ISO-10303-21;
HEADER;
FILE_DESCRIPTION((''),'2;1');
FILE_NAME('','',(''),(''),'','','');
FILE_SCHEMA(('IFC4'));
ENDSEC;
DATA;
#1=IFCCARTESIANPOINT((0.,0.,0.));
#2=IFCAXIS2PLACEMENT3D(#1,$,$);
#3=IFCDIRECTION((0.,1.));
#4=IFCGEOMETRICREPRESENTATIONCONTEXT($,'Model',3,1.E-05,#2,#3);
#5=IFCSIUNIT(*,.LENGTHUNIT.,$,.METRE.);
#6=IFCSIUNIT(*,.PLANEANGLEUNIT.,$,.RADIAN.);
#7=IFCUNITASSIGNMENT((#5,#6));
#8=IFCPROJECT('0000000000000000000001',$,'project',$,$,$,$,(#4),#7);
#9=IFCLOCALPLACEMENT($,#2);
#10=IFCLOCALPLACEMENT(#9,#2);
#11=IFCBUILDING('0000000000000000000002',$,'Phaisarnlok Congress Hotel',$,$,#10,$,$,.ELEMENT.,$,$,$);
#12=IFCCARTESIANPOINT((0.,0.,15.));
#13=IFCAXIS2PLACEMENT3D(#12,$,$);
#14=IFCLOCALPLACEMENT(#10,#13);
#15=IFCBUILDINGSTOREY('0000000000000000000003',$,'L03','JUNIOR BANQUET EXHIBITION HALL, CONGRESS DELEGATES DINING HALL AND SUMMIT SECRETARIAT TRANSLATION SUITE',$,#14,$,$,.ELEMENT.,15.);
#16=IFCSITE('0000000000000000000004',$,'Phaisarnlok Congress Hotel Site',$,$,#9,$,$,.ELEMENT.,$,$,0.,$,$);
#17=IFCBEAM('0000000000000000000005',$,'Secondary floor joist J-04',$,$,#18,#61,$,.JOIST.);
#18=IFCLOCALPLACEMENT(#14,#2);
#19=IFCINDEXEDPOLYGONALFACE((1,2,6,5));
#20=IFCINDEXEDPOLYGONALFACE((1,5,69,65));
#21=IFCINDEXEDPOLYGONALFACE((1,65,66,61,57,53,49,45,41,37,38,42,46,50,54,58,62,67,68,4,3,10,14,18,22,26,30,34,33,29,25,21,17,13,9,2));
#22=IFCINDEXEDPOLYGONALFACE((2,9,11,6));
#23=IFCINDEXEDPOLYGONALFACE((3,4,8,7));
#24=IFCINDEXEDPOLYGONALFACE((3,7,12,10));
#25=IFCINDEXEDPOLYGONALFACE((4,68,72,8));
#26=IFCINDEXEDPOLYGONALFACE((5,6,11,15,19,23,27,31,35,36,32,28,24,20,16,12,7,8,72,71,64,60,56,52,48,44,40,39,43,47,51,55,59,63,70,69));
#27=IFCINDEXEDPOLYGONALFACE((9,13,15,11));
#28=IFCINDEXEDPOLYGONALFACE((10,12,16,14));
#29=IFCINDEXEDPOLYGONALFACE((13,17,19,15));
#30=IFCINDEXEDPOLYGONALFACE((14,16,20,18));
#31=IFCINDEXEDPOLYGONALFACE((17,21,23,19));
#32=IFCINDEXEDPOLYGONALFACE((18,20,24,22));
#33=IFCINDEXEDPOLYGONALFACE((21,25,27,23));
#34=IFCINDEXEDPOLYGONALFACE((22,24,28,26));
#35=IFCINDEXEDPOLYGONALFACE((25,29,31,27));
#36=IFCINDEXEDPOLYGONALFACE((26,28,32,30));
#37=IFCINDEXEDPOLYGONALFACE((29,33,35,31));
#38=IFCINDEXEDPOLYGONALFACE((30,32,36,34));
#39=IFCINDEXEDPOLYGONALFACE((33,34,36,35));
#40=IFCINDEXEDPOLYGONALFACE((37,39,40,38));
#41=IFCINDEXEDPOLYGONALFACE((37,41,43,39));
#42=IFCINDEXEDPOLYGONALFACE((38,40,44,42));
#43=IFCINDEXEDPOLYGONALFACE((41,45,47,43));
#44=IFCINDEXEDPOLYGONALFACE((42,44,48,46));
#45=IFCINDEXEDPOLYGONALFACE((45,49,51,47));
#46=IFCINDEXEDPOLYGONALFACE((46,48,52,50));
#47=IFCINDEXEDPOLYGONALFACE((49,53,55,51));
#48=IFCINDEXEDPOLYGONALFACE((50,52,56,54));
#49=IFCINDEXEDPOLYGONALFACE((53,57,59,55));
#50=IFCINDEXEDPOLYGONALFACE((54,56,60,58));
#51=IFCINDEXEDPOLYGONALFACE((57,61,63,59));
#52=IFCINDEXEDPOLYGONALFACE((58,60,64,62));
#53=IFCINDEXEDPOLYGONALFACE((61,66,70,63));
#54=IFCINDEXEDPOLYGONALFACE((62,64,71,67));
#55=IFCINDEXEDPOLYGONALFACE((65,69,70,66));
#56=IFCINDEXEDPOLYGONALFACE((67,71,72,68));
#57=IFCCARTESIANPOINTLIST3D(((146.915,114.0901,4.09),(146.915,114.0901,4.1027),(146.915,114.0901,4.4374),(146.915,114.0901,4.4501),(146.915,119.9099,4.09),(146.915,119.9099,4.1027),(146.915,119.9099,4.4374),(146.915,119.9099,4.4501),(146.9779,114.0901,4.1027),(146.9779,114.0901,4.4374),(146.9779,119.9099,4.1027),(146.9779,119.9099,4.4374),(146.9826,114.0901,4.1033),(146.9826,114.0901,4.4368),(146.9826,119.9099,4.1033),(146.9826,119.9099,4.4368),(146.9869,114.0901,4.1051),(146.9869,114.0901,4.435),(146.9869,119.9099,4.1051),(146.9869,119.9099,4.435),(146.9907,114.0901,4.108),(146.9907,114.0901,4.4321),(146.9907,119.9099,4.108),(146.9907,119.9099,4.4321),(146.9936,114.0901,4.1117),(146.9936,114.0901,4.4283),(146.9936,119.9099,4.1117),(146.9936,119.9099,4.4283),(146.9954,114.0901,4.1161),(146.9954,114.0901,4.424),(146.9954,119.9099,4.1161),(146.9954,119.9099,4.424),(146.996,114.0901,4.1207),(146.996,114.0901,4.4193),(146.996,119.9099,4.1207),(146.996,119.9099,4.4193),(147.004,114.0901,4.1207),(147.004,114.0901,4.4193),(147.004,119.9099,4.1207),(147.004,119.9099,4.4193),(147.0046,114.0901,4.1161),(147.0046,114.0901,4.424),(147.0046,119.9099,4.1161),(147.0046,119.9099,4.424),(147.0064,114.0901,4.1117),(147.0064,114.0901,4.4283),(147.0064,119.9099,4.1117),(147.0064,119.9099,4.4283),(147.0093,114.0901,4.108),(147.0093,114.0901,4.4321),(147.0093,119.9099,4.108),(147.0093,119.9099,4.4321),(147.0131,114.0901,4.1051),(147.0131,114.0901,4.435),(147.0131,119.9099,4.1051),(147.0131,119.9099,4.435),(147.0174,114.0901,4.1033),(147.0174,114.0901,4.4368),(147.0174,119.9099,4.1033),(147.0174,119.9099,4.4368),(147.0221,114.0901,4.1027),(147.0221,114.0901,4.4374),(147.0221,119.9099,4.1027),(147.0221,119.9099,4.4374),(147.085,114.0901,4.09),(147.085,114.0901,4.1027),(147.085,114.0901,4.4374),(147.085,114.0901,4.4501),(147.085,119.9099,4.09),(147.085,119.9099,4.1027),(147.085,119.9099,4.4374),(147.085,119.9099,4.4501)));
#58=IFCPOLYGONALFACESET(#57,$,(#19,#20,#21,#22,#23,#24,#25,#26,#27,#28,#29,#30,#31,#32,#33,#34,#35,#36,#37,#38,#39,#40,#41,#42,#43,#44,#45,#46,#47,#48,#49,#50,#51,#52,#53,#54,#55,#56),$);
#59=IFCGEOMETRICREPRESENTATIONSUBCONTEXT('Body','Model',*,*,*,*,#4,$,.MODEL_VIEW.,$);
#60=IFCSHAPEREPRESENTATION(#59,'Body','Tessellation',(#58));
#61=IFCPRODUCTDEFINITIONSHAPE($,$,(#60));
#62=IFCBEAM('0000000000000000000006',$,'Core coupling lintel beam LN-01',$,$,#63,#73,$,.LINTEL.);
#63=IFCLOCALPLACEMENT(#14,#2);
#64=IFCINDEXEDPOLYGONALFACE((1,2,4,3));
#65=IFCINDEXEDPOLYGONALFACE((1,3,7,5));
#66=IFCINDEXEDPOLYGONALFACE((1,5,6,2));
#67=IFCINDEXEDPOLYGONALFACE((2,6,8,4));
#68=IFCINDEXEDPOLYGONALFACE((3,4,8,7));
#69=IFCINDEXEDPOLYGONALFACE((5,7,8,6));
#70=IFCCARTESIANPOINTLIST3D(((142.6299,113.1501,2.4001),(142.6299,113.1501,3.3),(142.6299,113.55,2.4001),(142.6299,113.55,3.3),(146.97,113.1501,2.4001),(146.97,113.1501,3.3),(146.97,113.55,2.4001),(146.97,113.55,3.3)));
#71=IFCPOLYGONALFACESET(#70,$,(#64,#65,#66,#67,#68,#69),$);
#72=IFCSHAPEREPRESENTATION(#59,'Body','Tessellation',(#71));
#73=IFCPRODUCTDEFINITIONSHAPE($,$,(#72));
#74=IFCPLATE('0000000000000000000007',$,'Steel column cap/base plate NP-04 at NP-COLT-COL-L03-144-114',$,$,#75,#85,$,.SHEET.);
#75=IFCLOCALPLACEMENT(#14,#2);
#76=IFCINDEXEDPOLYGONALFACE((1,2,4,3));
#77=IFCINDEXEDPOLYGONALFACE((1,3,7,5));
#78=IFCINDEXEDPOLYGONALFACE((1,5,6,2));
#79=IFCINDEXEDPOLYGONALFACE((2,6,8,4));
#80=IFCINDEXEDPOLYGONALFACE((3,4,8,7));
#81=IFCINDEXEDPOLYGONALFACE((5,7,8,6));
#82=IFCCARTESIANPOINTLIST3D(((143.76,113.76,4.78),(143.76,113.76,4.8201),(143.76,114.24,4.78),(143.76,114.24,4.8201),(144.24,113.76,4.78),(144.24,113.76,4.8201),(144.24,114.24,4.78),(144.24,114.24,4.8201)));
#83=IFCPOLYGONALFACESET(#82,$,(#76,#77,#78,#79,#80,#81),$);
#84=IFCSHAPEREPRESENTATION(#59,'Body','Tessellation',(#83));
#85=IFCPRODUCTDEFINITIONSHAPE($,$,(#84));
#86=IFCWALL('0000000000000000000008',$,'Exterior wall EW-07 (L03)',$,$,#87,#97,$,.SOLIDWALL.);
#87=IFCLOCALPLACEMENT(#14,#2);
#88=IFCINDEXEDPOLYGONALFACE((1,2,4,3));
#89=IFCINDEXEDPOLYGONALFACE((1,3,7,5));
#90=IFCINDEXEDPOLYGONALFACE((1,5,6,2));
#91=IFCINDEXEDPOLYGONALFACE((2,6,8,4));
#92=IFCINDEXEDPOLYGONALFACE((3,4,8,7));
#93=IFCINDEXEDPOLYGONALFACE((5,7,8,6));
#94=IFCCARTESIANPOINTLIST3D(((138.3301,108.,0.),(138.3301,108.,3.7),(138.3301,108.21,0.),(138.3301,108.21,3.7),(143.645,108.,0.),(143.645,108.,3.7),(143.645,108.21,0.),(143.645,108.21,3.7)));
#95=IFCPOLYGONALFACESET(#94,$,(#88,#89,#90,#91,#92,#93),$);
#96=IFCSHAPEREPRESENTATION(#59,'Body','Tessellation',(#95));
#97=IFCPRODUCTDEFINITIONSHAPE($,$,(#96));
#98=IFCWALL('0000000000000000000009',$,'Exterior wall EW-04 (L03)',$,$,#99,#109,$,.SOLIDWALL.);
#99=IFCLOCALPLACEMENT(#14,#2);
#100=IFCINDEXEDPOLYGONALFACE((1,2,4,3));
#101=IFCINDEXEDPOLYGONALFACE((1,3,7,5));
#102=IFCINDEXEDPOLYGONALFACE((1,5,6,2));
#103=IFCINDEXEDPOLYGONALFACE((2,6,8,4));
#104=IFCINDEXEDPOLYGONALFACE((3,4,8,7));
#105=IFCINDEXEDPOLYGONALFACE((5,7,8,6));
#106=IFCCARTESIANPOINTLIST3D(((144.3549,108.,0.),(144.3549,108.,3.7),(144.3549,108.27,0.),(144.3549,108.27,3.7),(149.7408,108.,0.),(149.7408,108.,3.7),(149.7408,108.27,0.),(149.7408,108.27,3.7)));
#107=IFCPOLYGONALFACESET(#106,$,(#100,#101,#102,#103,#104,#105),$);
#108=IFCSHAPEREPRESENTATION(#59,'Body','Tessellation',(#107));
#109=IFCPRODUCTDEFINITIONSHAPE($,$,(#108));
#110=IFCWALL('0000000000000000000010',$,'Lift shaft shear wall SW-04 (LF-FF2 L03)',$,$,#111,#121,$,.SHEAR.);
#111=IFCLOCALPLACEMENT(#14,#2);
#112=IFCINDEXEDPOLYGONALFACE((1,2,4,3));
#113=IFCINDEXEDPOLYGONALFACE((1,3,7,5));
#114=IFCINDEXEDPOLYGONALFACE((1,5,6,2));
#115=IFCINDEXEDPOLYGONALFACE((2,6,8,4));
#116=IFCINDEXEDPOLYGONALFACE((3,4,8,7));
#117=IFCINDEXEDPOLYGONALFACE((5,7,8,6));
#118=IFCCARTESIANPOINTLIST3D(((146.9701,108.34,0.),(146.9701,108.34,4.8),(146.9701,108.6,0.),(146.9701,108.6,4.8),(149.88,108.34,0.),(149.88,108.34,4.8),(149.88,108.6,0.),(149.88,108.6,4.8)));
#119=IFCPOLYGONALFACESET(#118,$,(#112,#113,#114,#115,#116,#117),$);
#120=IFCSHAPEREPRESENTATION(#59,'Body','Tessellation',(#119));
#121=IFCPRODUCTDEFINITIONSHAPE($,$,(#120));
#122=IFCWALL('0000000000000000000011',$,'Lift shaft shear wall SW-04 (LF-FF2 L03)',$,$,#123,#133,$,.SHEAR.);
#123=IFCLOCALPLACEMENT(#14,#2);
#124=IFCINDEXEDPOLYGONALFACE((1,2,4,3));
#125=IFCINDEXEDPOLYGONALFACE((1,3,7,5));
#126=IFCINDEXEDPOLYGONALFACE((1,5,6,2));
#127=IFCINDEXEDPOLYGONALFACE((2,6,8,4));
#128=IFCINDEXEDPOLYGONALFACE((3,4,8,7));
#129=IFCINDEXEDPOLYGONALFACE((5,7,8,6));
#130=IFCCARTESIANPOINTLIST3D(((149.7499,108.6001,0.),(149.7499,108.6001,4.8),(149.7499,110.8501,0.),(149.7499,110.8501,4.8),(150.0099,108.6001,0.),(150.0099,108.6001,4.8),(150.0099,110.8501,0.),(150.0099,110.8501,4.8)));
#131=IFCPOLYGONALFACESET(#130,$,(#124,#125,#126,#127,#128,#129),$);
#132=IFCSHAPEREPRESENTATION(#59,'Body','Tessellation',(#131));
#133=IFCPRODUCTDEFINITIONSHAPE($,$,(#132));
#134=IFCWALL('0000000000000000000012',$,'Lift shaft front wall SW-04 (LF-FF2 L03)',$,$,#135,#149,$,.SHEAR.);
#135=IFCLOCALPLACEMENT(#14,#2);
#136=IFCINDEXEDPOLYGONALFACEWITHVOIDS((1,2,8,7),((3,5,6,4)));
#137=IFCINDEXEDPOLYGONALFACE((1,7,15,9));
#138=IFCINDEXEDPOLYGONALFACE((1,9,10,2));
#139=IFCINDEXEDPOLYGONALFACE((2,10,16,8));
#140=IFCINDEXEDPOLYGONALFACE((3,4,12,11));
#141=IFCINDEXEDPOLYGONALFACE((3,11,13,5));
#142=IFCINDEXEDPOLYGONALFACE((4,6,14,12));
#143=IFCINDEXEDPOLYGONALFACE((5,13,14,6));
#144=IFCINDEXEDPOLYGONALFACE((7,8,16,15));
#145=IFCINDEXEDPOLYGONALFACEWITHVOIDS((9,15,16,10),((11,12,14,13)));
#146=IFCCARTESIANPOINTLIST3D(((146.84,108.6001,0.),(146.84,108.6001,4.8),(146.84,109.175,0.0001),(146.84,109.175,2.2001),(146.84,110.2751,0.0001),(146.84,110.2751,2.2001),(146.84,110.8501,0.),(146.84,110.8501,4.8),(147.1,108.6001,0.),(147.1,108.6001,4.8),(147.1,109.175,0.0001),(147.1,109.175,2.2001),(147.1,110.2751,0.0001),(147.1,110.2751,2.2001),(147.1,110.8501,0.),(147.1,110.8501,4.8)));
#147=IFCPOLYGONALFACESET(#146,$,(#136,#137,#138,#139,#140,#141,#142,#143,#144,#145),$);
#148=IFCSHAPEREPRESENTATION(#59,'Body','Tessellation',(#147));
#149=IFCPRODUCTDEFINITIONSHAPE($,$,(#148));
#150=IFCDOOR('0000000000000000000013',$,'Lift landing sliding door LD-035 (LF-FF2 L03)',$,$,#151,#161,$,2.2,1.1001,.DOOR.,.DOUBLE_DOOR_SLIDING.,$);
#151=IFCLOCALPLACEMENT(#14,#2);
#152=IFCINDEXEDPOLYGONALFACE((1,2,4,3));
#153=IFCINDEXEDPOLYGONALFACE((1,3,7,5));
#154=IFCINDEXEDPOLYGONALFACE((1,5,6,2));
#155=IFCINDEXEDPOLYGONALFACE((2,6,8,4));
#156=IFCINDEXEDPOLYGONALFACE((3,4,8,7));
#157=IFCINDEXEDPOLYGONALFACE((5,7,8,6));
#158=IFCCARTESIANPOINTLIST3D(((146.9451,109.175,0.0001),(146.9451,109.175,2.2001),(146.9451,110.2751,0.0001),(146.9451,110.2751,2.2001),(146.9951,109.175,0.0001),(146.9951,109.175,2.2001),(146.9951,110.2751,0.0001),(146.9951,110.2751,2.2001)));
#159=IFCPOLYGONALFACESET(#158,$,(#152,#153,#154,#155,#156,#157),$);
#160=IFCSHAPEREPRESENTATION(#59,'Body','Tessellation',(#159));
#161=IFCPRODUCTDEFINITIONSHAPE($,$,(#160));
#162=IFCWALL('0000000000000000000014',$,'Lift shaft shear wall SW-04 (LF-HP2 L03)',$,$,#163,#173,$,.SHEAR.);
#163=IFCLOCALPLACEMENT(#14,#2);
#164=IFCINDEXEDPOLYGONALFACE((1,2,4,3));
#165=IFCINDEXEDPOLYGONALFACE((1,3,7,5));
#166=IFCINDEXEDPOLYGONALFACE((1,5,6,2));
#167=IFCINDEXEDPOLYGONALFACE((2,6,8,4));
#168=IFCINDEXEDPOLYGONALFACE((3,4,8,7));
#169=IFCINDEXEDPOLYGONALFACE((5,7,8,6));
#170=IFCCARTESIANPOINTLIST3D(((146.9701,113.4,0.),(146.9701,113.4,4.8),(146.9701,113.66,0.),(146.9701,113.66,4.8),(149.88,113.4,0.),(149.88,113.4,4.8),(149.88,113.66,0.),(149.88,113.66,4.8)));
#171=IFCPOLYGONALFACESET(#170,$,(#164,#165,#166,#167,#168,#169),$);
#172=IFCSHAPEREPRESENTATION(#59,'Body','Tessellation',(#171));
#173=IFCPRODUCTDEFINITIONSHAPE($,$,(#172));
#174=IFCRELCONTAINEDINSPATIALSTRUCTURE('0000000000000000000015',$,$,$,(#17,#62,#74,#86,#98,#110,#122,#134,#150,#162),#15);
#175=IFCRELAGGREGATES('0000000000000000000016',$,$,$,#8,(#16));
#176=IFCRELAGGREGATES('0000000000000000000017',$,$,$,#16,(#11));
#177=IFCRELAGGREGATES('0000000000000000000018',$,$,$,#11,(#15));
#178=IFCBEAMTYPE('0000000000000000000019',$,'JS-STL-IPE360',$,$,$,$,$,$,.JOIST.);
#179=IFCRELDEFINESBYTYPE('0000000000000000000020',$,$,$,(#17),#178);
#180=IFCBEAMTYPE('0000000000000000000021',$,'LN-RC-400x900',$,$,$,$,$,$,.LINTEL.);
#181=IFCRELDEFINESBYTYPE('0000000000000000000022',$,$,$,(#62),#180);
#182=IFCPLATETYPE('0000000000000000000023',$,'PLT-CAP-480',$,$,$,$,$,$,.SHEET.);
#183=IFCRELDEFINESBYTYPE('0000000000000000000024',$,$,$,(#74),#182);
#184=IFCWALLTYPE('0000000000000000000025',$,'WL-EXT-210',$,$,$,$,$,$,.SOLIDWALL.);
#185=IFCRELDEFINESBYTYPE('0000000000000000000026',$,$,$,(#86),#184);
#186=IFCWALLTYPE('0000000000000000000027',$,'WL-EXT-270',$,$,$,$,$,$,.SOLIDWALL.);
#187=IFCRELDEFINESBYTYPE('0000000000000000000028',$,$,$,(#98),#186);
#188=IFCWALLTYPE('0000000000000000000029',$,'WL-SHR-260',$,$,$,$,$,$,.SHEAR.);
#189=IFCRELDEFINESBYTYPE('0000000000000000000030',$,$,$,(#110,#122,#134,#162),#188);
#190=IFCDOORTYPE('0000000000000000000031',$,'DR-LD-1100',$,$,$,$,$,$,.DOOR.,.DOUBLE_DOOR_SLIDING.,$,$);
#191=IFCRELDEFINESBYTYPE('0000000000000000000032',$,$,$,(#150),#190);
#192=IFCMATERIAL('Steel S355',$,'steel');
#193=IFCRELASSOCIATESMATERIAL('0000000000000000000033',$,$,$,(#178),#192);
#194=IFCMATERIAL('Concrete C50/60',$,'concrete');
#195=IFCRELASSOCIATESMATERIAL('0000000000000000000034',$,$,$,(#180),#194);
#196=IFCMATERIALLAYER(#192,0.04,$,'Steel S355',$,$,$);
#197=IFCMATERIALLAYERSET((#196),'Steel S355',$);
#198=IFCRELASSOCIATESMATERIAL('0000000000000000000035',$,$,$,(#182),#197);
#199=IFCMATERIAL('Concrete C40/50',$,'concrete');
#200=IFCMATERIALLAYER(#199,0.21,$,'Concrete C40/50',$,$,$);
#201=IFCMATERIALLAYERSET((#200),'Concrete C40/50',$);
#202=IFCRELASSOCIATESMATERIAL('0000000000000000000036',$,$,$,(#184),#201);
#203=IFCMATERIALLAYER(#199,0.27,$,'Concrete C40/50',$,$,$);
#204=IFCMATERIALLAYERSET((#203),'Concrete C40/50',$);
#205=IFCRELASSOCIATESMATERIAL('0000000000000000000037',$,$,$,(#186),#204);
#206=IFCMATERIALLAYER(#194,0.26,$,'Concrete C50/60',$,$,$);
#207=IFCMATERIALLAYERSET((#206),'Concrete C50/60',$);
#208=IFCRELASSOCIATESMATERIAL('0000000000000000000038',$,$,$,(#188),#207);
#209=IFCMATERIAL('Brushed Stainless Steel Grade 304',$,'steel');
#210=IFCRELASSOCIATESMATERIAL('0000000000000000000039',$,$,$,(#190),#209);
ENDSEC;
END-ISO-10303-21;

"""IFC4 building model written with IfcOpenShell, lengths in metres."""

from ifc_helpers import new_model, si_unit, direction, frame, frame_2d, origin, origin_2d, place, context, subcontext, project, spatial, rectangle, i_section, extrude, material, layer, layer_set, material_profile, profile_set, type_object, element, fill, save


model = new_model("IFC4")

# Units and contexts
model_context = context("Model", 3, precision=1e-05, world=origin(), true_north=direction((0.0, 1.0)))
body_context = subcontext(model_context, "Body", "Model", "MODEL_VIEW")
ifc_project = project(units=[si_unit("LENGTHUNIT", "METRE"), si_unit("PLANEANGLEUNIT", "RADIAN")], contexts=[model_context])

# Site, building, storey
site_placement = place(None, origin())
site = spatial("IfcSite", under=ifc_project, at=site_placement, Name="Phaisarnlok Congress Hotel Site", CompositionType="ELEMENT", RefElevation=0.0)
building_placement = place(site_placement, origin())
building = spatial("IfcBuilding", under=site, at=building_placement, Name="Phaisarnlok Congress Hotel", CompositionType="ELEMENT")
storey_placement = place(building_placement, frame((0.0, 0.0, 15.0)))
storey = spatial("IfcBuildingStorey", under=building, at=storey_placement, Name="L03", Description="JUNIOR BANQUET EXHIBITION HALL, CONGRESS DELEGATES DINING HALL AND SUMMIT SECRETARIAT TRANSLATION SUITE", CompositionType="ELEMENT", Elevation=15.0)

# Shared definitions
ifc_material_1 = material(Name="Concrete C50/60", Category="concrete")
ifc_material_2 = material(Name="Steel S355", Category="steel")

# Beams
ifc_material_3 = material(Name="Concrete C40/50", Category="concrete")
ifc_material_profile_1 = material_profile(ifc_material_2, i_section(OverallWidth=0.1699, OverallDepth=0.3601, WebThickness=0.0081, FlangeThickness=0.0127, FilletRadius=0.0181, at=origin_2d()), Name="IPE 360")
ifc_profile_set_1 = profile_set([ifc_material_profile_1], Name="Steel S355")
beam_type_1 = type_object("IfcBeamType", Name="JS-STL-IPE360", PredefinedType="JOIST", material=ifc_profile_set_1)
beam_1_placement = place(storey_placement, frame((147.0, 114.0901, 4.27), z_axis=(0.0, 1.0, 0.0), x_axis=(-1.0, 0.0, 0.0)))
element("IfcBeam", 1, at=beam_1_placement, inside=storey, type_object=beam_type_1, Name="Secondary floor joist J-04", PredefinedType="JOIST", context=body_context, shape_type="SweptSolid", body=[
    extrude(i_section(OverallWidth=0.1699, OverallDepth=0.3601, WebThickness=0.0081, FlangeThickness=0.0127, FilletRadius=0.0181, at=origin_2d()), origin(), (0.0, 0.0, 1.0), 5.8198),
])
ifc_material_profile_2 = material_profile(ifc_material_1, rectangle(XDim=0.3999, YDim=0.8999, at=origin_2d()), Name="RC 400x900")
ifc_profile_set_2 = profile_set([ifc_material_profile_2], Name="Concrete C50/60")
beam_type_2 = type_object("IfcBeamType", Name="LN-RC-400x900", PredefinedType="LINTEL", material=ifc_profile_set_2)
beam_2_placement = place(storey_placement, frame((142.6299, 113.3501, 2.8501), z_axis=(1.0, 0.0, 0.0), x_axis=(0.0, 1.0, 0.0)))
element("IfcBeam", 2, at=beam_2_placement, inside=storey, type_object=beam_type_2, Name="Core coupling lintel beam LN-01", PredefinedType="LINTEL", context=body_context, shape_type="SweptSolid", body=[
    extrude(rectangle(XDim=0.3999, YDim=0.8999, at=origin_2d()), origin(), (0.0, 0.0, 1.0), 4.3401),
])

# Plate
ifc_layer_1 = layer(ifc_material_2, 0.04, Name="Steel S355")
ifc_layer_set_1 = layer_set([ifc_layer_1], Name="Steel S355")
plate_type = type_object("IfcPlateType", Name="PLT-CAP-480", PredefinedType="SHEET", material=ifc_layer_set_1)
plate_placement = place(storey_placement, frame((144.0, 114.0, 4.78), z_axis=(0.0, 0.0, 1.0), x_axis=(1.0, 0.0, 0.0)))
element("IfcPlate", 3, at=plate_placement, inside=storey, type_object=plate_type, Name="Steel column cap/base plate NP-04 at NP-COLT-COL-L03-144-114", PredefinedType="SHEET", context=body_context, shape_type="SweptSolid", body=[
    extrude(rectangle(XDim=0.48, YDim=0.48, at=origin_2d()), origin(), (0.0, 0.0, 1.0), 0.04),
])

# Walls
ifc_layer_2 = layer(ifc_material_3, 0.21, Name="Concrete C40/50")
ifc_layer_set_2 = layer_set([ifc_layer_2], Name="Concrete C40/50")
wall_type_1 = type_object("IfcWallType", Name="WL-EXT-210", PredefinedType="SOLIDWALL", material=ifc_layer_set_2)
wall_1_placement = place(storey_placement, frame((138.3301, 108.105, 0.0), z_axis=(0.0, 0.0, 1.0), x_axis=(1.0, 0.0, 0.0)))
element("IfcWall", 4, at=wall_1_placement, inside=storey, type_object=wall_type_1, Name="Exterior wall EW-07 (L03)", PredefinedType="SOLIDWALL", context=body_context, shape_type="SweptSolid", body=[
    extrude(rectangle(XDim=5.3149, YDim=0.21, at=frame_2d((2.6575, 0.0))), origin(), (0.0, 0.0, 1.0), 3.7),
])
ifc_layer_3 = layer(ifc_material_3, 0.27, Name="Concrete C40/50")
ifc_layer_set_3 = layer_set([ifc_layer_3], Name="Concrete C40/50")
wall_type_2 = type_object("IfcWallType", Name="WL-EXT-270", PredefinedType="SOLIDWALL", material=ifc_layer_set_3)
wall_2_placement = place(storey_placement, frame((144.355, 108.135, 0.0), z_axis=(0.0, 0.0, 1.0), x_axis=(1.0, 0.0, 0.0)))
element("IfcWall", 5, at=wall_2_placement, inside=storey, type_object=wall_type_2, Name="Exterior wall EW-04 (L03)", PredefinedType="SOLIDWALL", context=body_context, shape_type="SweptSolid", body=[
    extrude(rectangle(XDim=5.386, YDim=0.27, at=frame_2d((2.6929, 0.0))), origin(), (0.0, 0.0, 1.0), 3.7),
])

# Shared definitions
ifc_layer_4 = layer(ifc_material_1, 0.26, Name="Concrete C50/60")
ifc_layer_set_4 = layer_set([ifc_layer_4], Name="Concrete C50/60")
wall_type_3 = type_object("IfcWallType", Name="WL-SHR-260", PredefinedType="SHEAR", material=ifc_layer_set_4)

# Walls
wall_3_placement = place(storey_placement, frame((146.97, 108.47, 0.0), z_axis=(0.0, 0.0, 1.0), x_axis=(1.0, 0.0, 0.0)))
element("IfcWall", 6, at=wall_3_placement, inside=storey, type_object=wall_type_3, Name="Lift shaft shear wall SW-04 (LF-FF2 L03)", PredefinedType="SHEAR", context=body_context, shape_type="SweptSolid", body=[
    extrude(rectangle(XDim=2.9099, YDim=0.26, at=frame_2d((1.4551, 0.0))), origin(), (0.0, 0.0, 1.0), 4.8),
])
wall_4_placement = place(storey_placement, frame((149.8799, 108.6001, 0.0), z_axis=(0.0, 0.0, 1.0), x_axis=(0.0, 1.0, 0.0)))
element("IfcWall", 7, at=wall_4_placement, inside=storey, type_object=wall_type_3, Name="Lift shaft shear wall SW-04 (LF-FF2 L03)", PredefinedType="SHEAR", context=body_context, shape_type="SweptSolid", body=[
    extrude(rectangle(XDim=2.25, YDim=0.26, at=frame_2d((1.125, 0.0))), origin(), (0.0, 0.0, 1.0), 4.8),
])

# Wall, opening, door
wall_5_placement = place(storey_placement, frame((146.97, 108.6001, 0.0), z_axis=(0.0, 0.0, 1.0), x_axis=(0.0, 1.0, 0.0)))
wall_5 = element("IfcWall", 8, at=wall_5_placement, inside=storey, type_object=wall_type_3, Name="Lift shaft front wall SW-04 (LF-FF2 L03)", PredefinedType="SHEAR", context=body_context, shape_type="SweptSolid", body=[
    extrude(rectangle(XDim=2.25, YDim=0.26, at=frame_2d((1.125, 0.0))), origin(), (0.0, 0.0, 1.0), 4.8),
])
opening_1_placement = place(wall_5_placement, frame((0.575, 0.0, 0.0)))
opening_1 = element("IfcOpeningElement", 9, at=opening_1_placement, cuts=wall_5, PredefinedType="OPENING", context=body_context, shape_type="SweptSolid", body=[
    extrude(rectangle(XDim=1.1001, YDim=2.2, at=frame_2d((0.55, 1.1001))), frame((0.0, 0.1401, 0.0), z_axis=(0.0, -1.0, 0.0), x_axis=(1.0, 0.0, 0.0)), (0.0, 0.0, 1.0), 0.28),
])
ifc_material_4 = material(Name="Brushed Stainless Steel Grade 304", Category="steel")
door_type_1 = type_object("IfcDoorType", Name="DR-LD-1100", OperationType="DOUBLE_DOOR_SLIDING", PredefinedType="DOOR", material=ifc_material_4)
door_1_placement = place(opening_1_placement, origin())
door_1 = element("IfcDoor", 10, at=door_1_placement, inside=storey, type_object=door_type_1, Name="Lift landing sliding door LD-035 (LF-FF2 L03)", OperationType="DOUBLE_DOOR_SLIDING", OverallHeight=2.2, OverallWidth=1.1001, PredefinedType="DOOR", context=body_context, shape_type="SweptSolid", body=[
    extrude(rectangle(XDim=1.1001, YDim=2.2, at=frame_2d((0.55, 1.1001))), frame((0.0, 0.0249, 0.0), z_axis=(0.0, -1.0, 0.0), x_axis=(1.0, 0.0, 0.0)), (0.0, 0.0, 1.0), 0.05),
])
fill(opening_1, door_1)

# Wall
wall_6_placement = place(storey_placement, frame((146.97, 113.53, 0.0), z_axis=(0.0, 0.0, 1.0), x_axis=(1.0, 0.0, 0.0)))
element("IfcWall", 11, at=wall_6_placement, inside=storey, type_object=wall_type_3, Name="Lift shaft shear wall SW-04 (LF-HP2 L03)", PredefinedType="SHEAR", context=body_context, shape_type="SweptSolid", body=[
    extrude(rectangle(XDim=2.9099, YDim=0.26, at=frame_2d((1.4551, 0.0))), origin(), (0.0, 0.0, 1.0), 4.8),
])

save(model, "model.ifc")
